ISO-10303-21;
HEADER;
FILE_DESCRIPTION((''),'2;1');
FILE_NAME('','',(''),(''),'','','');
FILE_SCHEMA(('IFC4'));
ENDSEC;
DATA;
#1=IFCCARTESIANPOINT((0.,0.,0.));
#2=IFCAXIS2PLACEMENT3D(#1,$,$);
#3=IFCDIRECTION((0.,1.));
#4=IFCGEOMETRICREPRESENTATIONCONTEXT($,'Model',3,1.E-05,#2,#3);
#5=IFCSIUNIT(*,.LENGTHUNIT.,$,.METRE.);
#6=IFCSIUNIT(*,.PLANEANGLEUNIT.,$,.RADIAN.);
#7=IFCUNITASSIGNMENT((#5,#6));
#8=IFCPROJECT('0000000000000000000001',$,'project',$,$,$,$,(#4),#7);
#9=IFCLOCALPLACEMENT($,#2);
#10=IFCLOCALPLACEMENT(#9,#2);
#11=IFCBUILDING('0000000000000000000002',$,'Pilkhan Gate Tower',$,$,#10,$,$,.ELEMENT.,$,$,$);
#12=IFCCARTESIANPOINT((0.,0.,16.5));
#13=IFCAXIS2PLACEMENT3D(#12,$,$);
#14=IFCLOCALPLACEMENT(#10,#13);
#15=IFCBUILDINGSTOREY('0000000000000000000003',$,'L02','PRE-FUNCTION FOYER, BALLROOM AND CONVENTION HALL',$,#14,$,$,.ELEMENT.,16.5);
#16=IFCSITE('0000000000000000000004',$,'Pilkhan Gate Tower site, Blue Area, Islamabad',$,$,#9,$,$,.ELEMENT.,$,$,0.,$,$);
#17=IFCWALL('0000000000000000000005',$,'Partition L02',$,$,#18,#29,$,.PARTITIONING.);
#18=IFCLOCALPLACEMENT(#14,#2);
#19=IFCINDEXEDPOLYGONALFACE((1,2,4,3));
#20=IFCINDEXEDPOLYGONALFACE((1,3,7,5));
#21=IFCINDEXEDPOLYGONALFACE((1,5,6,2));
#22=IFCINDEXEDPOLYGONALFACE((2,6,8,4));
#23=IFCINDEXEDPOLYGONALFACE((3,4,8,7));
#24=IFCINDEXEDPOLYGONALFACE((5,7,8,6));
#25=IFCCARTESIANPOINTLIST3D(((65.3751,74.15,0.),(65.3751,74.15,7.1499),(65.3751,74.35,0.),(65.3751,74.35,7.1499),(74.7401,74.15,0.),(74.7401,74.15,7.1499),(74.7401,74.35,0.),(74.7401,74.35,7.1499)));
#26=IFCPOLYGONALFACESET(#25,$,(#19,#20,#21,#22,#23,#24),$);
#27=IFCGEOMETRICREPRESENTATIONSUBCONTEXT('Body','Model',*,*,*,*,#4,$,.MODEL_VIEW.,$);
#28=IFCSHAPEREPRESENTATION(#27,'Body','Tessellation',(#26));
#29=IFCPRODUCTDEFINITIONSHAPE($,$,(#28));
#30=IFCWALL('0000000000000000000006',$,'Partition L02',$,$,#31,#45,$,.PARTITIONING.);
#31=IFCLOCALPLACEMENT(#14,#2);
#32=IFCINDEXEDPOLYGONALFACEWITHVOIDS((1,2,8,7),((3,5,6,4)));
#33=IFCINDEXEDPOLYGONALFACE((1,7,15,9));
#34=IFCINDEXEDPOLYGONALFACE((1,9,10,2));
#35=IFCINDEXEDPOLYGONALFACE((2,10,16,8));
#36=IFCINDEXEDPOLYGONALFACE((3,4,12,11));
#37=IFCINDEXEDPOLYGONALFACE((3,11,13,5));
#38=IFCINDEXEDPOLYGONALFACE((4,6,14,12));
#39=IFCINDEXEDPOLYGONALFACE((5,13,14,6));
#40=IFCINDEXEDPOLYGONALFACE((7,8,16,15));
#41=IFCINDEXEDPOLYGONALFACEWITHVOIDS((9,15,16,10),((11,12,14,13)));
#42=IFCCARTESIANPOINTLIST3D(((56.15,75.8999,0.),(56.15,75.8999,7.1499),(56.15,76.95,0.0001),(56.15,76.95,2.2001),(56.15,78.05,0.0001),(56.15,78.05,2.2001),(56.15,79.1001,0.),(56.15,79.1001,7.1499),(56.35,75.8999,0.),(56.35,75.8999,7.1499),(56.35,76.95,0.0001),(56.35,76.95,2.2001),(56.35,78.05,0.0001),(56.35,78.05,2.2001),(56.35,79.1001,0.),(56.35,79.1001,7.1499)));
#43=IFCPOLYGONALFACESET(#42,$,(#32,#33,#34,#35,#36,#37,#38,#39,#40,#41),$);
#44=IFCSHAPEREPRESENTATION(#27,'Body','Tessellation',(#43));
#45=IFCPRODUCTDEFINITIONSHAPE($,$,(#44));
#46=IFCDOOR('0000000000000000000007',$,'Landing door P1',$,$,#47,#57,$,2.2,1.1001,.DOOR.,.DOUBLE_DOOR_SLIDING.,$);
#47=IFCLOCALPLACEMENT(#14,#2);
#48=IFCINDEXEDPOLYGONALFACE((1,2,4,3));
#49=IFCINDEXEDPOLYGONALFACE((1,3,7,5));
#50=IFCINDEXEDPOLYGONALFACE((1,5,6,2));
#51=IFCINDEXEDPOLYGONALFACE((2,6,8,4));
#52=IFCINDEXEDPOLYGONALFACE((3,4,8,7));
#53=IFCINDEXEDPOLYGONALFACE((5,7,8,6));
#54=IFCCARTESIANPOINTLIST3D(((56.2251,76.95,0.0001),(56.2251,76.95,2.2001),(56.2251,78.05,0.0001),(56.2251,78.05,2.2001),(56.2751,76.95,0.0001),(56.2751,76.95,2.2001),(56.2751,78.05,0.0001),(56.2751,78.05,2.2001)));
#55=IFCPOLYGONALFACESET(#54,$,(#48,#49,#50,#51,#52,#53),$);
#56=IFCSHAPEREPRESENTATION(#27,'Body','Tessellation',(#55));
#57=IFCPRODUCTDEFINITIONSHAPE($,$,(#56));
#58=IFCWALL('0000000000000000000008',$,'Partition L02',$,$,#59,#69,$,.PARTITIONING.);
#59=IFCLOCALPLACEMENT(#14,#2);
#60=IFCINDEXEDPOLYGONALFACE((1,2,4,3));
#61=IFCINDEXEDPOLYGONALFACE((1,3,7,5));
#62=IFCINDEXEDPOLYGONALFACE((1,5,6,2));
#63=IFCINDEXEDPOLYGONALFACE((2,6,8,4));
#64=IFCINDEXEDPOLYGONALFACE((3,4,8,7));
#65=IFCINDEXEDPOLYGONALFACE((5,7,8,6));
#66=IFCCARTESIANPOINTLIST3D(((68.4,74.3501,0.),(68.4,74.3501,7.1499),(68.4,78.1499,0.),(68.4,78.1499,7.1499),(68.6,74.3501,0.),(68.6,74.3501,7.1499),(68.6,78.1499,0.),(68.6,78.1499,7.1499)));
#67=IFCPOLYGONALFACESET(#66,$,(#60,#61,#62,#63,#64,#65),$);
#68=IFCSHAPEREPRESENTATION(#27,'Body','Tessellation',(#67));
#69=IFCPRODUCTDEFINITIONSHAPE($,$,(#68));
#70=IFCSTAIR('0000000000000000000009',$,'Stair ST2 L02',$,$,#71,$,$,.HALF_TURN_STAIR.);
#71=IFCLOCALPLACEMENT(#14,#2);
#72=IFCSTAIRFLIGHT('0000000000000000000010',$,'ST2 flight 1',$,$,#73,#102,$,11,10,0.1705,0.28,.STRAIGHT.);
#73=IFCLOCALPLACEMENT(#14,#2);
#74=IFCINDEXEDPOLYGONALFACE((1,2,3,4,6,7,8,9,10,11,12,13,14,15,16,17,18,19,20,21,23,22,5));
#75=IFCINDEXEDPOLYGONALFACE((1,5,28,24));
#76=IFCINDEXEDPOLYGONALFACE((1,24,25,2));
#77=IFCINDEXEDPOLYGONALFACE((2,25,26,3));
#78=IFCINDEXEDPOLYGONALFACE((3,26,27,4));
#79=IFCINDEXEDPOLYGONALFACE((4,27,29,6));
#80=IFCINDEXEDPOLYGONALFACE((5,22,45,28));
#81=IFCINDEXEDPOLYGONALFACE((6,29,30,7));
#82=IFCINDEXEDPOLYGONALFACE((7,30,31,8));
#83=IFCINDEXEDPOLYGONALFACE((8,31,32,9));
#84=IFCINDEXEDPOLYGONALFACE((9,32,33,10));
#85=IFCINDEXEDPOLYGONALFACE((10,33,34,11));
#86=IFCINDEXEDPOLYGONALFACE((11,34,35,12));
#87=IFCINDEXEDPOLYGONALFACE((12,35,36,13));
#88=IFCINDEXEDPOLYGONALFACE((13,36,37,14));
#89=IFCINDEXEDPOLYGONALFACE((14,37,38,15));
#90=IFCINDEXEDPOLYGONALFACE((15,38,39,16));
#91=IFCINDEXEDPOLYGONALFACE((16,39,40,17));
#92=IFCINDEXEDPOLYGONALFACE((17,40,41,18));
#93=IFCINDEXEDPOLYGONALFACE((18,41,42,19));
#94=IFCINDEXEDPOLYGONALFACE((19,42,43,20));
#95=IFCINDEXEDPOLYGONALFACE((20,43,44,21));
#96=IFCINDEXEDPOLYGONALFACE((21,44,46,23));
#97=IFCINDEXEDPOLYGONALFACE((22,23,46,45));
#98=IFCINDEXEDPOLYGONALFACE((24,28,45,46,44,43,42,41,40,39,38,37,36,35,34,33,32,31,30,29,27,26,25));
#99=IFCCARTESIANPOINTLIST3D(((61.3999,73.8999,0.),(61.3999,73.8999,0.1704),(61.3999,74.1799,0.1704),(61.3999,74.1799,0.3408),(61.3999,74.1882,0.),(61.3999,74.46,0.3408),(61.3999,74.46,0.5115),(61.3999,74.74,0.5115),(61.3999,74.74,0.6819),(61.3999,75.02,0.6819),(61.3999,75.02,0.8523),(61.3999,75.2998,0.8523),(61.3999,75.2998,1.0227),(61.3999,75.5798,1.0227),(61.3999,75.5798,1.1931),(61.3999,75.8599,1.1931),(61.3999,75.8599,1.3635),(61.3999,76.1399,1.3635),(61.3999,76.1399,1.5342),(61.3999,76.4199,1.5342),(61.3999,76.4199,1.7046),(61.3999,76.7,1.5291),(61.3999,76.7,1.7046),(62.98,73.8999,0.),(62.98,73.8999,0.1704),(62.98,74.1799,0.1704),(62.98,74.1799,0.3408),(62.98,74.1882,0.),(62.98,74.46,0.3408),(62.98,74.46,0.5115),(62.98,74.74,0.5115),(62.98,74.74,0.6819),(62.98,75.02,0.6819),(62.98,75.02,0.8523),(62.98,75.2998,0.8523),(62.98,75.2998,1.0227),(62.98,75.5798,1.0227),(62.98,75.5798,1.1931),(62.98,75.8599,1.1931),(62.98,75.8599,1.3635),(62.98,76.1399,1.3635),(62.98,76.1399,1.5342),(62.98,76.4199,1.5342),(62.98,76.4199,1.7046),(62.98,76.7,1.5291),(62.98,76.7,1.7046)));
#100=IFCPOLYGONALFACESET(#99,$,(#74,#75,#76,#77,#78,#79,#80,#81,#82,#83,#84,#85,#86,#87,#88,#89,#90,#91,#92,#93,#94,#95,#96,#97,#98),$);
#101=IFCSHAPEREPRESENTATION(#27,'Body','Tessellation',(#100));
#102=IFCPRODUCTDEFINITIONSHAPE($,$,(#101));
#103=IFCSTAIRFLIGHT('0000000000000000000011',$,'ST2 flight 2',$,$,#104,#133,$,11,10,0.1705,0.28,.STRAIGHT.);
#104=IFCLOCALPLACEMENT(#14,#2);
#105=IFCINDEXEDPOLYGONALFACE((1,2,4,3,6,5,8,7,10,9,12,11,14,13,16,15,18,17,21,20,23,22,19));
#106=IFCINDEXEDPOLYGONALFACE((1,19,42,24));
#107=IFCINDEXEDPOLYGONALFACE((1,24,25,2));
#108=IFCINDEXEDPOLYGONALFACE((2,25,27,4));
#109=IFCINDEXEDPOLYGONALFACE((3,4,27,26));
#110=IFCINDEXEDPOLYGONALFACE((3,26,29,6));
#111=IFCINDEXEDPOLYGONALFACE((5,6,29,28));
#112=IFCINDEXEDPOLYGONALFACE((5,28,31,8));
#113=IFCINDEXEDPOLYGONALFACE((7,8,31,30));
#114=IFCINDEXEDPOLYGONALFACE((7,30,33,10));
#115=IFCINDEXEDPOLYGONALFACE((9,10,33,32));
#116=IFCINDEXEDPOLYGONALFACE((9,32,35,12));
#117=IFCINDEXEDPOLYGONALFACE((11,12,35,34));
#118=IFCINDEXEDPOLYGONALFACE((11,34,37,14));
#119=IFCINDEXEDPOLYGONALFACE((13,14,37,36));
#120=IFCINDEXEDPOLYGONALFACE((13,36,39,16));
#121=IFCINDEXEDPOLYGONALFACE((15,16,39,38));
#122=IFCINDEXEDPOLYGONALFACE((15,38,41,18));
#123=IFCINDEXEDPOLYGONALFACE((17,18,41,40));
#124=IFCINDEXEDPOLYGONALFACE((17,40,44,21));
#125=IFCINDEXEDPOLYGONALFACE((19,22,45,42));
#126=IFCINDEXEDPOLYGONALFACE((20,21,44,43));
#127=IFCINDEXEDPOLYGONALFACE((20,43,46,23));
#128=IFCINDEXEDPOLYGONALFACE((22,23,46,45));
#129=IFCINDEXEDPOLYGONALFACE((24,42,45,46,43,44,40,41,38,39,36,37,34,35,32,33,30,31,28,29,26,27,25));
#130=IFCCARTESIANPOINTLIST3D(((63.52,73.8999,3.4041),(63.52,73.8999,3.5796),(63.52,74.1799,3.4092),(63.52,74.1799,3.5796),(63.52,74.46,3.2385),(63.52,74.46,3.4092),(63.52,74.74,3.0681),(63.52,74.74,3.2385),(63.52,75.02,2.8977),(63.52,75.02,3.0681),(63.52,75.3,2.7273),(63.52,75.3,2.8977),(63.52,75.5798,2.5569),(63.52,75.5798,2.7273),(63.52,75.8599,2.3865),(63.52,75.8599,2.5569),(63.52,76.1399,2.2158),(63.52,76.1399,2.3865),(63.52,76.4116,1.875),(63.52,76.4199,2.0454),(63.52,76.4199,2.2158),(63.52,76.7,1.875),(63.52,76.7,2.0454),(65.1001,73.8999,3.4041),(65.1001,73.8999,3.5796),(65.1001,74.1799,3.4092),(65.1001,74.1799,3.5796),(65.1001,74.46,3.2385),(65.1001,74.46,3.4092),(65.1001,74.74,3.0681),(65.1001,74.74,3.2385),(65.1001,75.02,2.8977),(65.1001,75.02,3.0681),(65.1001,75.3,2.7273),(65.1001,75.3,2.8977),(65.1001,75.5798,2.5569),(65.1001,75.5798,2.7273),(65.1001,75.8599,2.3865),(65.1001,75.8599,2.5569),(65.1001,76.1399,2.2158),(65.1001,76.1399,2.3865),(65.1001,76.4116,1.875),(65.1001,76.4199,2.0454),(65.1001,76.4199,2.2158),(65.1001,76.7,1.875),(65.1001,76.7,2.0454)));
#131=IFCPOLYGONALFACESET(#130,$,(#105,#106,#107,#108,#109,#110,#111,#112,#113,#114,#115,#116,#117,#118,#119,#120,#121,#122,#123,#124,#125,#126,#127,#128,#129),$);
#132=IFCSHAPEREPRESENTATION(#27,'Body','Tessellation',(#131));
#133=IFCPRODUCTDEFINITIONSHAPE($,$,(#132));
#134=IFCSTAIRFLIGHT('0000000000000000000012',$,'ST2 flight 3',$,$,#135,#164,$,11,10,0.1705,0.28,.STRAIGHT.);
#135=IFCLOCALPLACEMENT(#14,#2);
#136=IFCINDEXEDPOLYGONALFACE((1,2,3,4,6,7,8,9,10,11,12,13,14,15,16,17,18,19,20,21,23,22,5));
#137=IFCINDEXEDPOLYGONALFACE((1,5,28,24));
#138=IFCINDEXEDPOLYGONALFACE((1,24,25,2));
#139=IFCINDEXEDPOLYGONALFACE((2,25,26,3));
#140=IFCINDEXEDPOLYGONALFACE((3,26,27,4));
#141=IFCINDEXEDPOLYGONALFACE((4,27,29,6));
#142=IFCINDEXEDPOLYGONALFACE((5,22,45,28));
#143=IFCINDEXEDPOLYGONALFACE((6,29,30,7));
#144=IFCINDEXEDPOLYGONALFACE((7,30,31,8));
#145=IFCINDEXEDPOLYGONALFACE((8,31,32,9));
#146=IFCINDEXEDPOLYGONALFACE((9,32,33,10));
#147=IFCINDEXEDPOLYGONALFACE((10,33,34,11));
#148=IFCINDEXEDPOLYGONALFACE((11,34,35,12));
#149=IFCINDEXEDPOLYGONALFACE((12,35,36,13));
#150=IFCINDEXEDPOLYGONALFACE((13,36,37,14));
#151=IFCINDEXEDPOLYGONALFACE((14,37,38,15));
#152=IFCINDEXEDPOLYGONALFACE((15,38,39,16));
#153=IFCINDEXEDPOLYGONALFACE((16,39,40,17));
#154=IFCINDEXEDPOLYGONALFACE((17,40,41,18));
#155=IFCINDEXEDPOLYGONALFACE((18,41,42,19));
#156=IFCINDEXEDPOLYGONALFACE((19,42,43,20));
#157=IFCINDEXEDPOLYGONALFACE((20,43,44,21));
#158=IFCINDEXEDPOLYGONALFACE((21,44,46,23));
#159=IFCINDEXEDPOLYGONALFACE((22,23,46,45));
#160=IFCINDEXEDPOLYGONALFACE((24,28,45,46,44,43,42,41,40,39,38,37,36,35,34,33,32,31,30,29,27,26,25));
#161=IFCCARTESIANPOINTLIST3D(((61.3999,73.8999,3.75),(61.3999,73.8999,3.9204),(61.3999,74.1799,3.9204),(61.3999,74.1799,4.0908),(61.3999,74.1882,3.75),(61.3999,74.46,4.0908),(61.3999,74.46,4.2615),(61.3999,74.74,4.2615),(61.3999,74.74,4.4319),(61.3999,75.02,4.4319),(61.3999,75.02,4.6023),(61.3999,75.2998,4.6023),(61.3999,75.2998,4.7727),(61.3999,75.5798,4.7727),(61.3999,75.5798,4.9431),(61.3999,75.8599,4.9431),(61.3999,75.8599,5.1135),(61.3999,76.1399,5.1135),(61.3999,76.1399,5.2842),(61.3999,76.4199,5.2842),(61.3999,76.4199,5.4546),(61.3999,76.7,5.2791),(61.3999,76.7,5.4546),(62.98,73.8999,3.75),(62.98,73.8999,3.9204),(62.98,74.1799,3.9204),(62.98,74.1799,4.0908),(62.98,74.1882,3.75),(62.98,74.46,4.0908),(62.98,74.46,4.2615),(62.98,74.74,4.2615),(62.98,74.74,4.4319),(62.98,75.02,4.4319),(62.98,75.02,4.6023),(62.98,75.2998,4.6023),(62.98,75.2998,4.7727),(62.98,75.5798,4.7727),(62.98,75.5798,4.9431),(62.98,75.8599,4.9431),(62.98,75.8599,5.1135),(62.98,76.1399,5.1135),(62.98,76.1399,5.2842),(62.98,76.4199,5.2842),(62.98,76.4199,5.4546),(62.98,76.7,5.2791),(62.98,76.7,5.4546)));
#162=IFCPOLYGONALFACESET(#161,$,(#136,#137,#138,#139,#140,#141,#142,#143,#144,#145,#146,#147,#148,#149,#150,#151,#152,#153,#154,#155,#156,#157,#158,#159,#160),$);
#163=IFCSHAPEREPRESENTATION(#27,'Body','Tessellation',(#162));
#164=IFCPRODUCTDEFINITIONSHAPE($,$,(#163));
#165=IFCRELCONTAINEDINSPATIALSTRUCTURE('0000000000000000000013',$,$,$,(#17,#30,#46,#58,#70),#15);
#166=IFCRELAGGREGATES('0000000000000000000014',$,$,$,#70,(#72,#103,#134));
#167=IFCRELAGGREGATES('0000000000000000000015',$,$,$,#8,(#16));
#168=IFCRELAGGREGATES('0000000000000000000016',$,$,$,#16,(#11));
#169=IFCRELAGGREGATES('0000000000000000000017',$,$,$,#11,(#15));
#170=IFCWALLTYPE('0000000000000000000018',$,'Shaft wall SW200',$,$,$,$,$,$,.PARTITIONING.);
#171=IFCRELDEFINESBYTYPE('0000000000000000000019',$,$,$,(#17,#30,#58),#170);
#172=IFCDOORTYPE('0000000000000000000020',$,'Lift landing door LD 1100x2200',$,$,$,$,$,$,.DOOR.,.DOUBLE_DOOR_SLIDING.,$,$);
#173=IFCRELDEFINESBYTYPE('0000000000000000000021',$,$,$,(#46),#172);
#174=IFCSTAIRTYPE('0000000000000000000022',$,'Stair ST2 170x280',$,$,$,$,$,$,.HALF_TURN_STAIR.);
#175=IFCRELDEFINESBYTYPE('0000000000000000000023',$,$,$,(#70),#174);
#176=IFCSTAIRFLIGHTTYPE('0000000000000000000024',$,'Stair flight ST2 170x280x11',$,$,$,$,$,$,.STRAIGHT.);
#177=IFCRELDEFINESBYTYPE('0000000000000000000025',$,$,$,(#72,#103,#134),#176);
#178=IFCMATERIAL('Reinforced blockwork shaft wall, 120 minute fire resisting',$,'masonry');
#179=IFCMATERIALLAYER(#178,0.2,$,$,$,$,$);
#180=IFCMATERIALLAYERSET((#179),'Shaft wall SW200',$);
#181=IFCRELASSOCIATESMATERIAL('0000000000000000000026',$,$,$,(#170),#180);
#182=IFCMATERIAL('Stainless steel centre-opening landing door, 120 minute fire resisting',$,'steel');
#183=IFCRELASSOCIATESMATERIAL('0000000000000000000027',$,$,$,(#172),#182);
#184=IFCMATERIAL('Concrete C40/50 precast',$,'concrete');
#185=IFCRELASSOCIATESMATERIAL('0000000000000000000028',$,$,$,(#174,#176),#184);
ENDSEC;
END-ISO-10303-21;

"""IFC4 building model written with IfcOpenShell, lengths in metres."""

from ifc_helpers import new_model, si_unit, direction, frame, frame_2d, origin, place, context, subcontext, project, spatial, polyline, rectangle, outline, extrude, material, layer, layer_set, type_object, element, fill, aggregate, save


model = new_model("IFC4")

# Units and contexts
model_context = context("Model", 3, precision=1e-05, world=origin(), true_north=direction((0.0, 1.0)))
body_context = subcontext(model_context, "Body", "Model", "MODEL_VIEW")
ifc_project = project(units=[si_unit("LENGTHUNIT", "METRE"), si_unit("PLANEANGLEUNIT", "RADIAN")], contexts=[model_context])

# Site, building, storey
site_placement = place(None, origin())
site = spatial("IfcSite", under=ifc_project, at=site_placement, Name="Pilkhan Gate Tower site, Blue Area, Islamabad", CompositionType="ELEMENT", RefElevation=0.0)
building_placement = place(site_placement, origin())
building = spatial("IfcBuilding", under=site, at=building_placement, Name="Pilkhan Gate Tower", CompositionType="ELEMENT")
storey_placement = place(building_placement, frame((0.0, 0.0, 16.5)))
storey = spatial("IfcBuildingStorey", under=building, at=storey_placement, Name="L02", Description="PRE-FUNCTION FOYER, BALLROOM AND CONVENTION HALL", CompositionType="ELEMENT", Elevation=16.5)

# Wall
ifc_material_1 = material(Name="Reinforced blockwork shaft wall, 120 minute fire resisting", Category="masonry")
ifc_layer = layer(ifc_material_1, 0.2)
ifc_layer_set = layer_set([ifc_layer], Name="Shaft wall SW200")
wall_type = type_object("IfcWallType", Name="Shaft wall SW200", PredefinedType="PARTITIONING", material=ifc_layer_set)
wall_1_placement = place(storey_placement, frame((65.375, 74.25, 0.0), z_axis=(0.0, 0.0, 1.0), x_axis=(1.0, 0.0, 0.0)))
element("IfcWall", 1, at=wall_1_placement, inside=storey, type_object=wall_type, Name="Partition L02", PredefinedType="PARTITIONING", context=body_context, shape_type="SweptSolid", body=[
    extrude(rectangle(XDim=9.365, YDim=0.2, at=frame_2d((4.6826, 0.0))), origin(), (0.0, 0.0, 1.0), 7.1499),
])

# Wall, opening, door
wall_2_placement = place(storey_placement, frame((56.25, 75.8999, 0.0), z_axis=(0.0, 0.0, 1.0), x_axis=(0.0, 1.0, 0.0)))
wall_2 = element("IfcWall", 2, at=wall_2_placement, inside=storey, type_object=wall_type, Name="Partition L02", PredefinedType="PARTITIONING", context=body_context, shape_type="SweptSolid", body=[
    extrude(rectangle(XDim=3.2002, YDim=0.2, at=frame_2d((1.6001, 0.0))), origin(), (0.0, 0.0, 1.0), 7.1499),
])
opening_placement = place(wall_2_placement, frame((1.05, 0.0, 0.0)))
opening = element("IfcOpeningElement", 3, at=opening_placement, cuts=wall_2, PredefinedType="OPENING", context=body_context, shape_type="SweptSolid", body=[
    extrude(rectangle(XDim=1.1001, YDim=2.2, at=frame_2d((0.55, 1.1001))), frame((0.0, 0.1099, 0.0), z_axis=(0.0, -1.0, 0.0), x_axis=(1.0, 0.0, 0.0)), (0.0, 0.0, 1.0), 0.22),
])
ifc_material_2 = material(Name="Stainless steel centre-opening landing door, 120 minute fire resisting", Category="steel")
door_type = type_object("IfcDoorType", Name="Lift landing door LD 1100x2200", OperationType="DOUBLE_DOOR_SLIDING", PredefinedType="DOOR", material=ifc_material_2)
door_placement = place(opening_placement, origin())
door = element("IfcDoor", 4, at=door_placement, inside=storey, type_object=door_type, Name="Landing door P1", OperationType="DOUBLE_DOOR_SLIDING", OverallHeight=2.2, OverallWidth=1.1001, PredefinedType="DOOR", context=body_context, shape_type="SweptSolid", body=[
    extrude(rectangle(XDim=1.1001, YDim=2.2, at=frame_2d((0.55, 1.1001))), frame((0.0, 0.0249, 0.0), z_axis=(0.0, -1.0, 0.0), x_axis=(1.0, 0.0, 0.0)), (0.0, 0.0, 1.0), 0.05),
])
fill(opening, door)

# Wall
wall_3_placement = place(storey_placement, frame((68.5, 74.3501, 0.0), z_axis=(0.0, 0.0, 1.0), x_axis=(0.0, 1.0, 0.0)))
element("IfcWall", 5, at=wall_3_placement, inside=storey, type_object=wall_type, Name="Partition L02", PredefinedType="PARTITIONING", context=body_context, shape_type="SweptSolid", body=[
    extrude(rectangle(XDim=3.7998, YDim=0.2, at=frame_2d((1.8999, 0.0))), origin(), (0.0, 0.0, 1.0), 7.1499),
])

# Stair, stair flights
ifc_material_3 = material(Name="Concrete C40/50 precast", Category="concrete")
stair_type = type_object("IfcStairType", Name="Stair ST2 170x280", PredefinedType="HALF_TURN_STAIR", material=ifc_material_3)
stair_placement = place(storey_placement, origin())
stair = element("IfcStair", 6, at=stair_placement, inside=storey, type_object=stair_type, Name="Stair ST2 L02", PredefinedType="HALF_TURN_STAIR")
stair_flight_type = type_object("IfcStairFlightType", Name="Stair flight ST2 170x280x11", PredefinedType="STRAIGHT", material=ifc_material_3)
stair_flight_1_placement = place(storey_placement, frame((62.1899, 73.8999, 0.0), z_axis=(0.0, 0.0, 1.0), x_axis=(0.0, 1.0, 0.0)))
stair_flight_1 = element("IfcStairFlight", 7, at=stair_flight_1_placement, type_object=stair_flight_type, Name="ST2 flight 1", NumberOfRisers=11, NumberOfTreads=10, PredefinedType="STRAIGHT", RiserHeight=0.1705, TreadLength=0.28, context=body_context, shape_type="SweptSolid", body=[
    extrude(outline(polyline([(0.0, 0.0), (0.0, 0.1704), (0.28, 0.1704), (0.28, 0.3408), (0.5601, 0.3408), (0.5601, 0.5115), (0.8401, 0.5115), (0.8401, 0.6819), (1.1201, 0.6819), (1.1201, 0.8523), (1.3999, 0.8523), (1.3999, 1.0227), (1.6799, 1.0227), (1.6799, 1.1931), (1.96, 1.1931), (1.96, 1.3635), (2.24, 1.3635), (2.24, 1.5342), (2.52, 1.5342), (2.52, 1.7046), (2.8, 1.7046), (2.8, 1.875), (2.8, 1.5291), (0.2883, 0.0), (0.0, 0.0)])), frame((0.0, 0.79, 0.0), z_axis=(0.0, -1.0, 0.0), x_axis=(1.0, 0.0, 0.0)), (0.0, 0.0, 1.0), 1.5801),
])
stair_flight_2_placement = place(storey_placement, frame((64.3101, 76.7, 1.875), z_axis=(0.0, 0.0, 1.0), x_axis=(0.0, -1.0, 0.0)))
stair_flight_2 = element("IfcStairFlight", 8, at=stair_flight_2_placement, type_object=stair_flight_type, Name="ST2 flight 2", NumberOfRisers=11, NumberOfTreads=10, PredefinedType="STRAIGHT", RiserHeight=0.1705, TreadLength=0.28, context=body_context, shape_type="SweptSolid", body=[
    extrude(outline(polyline([(0.0, 0.0), (0.0, 0.1704), (0.28, 0.1704), (0.28, 0.3408), (0.5601, 0.3408), (0.5601, 0.5115), (0.8401, 0.5115), (0.8401, 0.6819), (1.1201, 0.6819), (1.1201, 0.8523), (1.3999, 0.8523), (1.3999, 1.0227), (1.6799, 1.0227), (1.6799, 1.1931), (1.96, 1.1931), (1.96, 1.3635), (2.24, 1.3635), (2.24, 1.5342), (2.52, 1.5342), (2.52, 1.7046), (2.8, 1.7046), (2.8, 1.875), (2.8, 1.5291), (0.2883, 0.0), (0.0, 0.0)])), frame((0.0, 0.79, 0.0), z_axis=(0.0, -1.0, 0.0), x_axis=(1.0, 0.0, 0.0)), (0.0, 0.0, 1.0), 1.5801),
])
stair_flight_3_placement = place(storey_placement, frame((62.1899, 73.8999, 3.75), z_axis=(0.0, 0.0, 1.0), x_axis=(0.0, 1.0, 0.0)))
stair_flight_3 = element("IfcStairFlight", 9, at=stair_flight_3_placement, type_object=stair_flight_type, Name="ST2 flight 3", NumberOfRisers=11, NumberOfTreads=10, PredefinedType="STRAIGHT", RiserHeight=0.1705, TreadLength=0.28, context=body_context, shape_type="SweptSolid", body=[
    extrude(outline(polyline([(0.0, 0.0), (0.0, 0.1704), (0.28, 0.1704), (0.28, 0.3408), (0.5601, 0.3408), (0.5601, 0.5115), (0.8401, 0.5115), (0.8401, 0.6819), (1.1201, 0.6819), (1.1201, 0.8523), (1.3999, 0.8523), (1.3999, 1.0227), (1.6799, 1.0227), (1.6799, 1.1931), (1.96, 1.1931), (1.96, 1.3635), (2.24, 1.3635), (2.24, 1.5342), (2.52, 1.5342), (2.52, 1.7046), (2.8, 1.7046), (2.8, 1.875), (2.8, 1.5291), (0.2883, 0.0), (0.0, 0.0)])), frame((0.0, 0.79, 0.0), z_axis=(0.0, -1.0, 0.0), x_axis=(1.0, 0.0, 0.0)), (0.0, 0.0, 1.0), 1.5801),
])
aggregate(stair, [stair_flight_1, stair_flight_2, stair_flight_3])

save(model, "model.ifc")
